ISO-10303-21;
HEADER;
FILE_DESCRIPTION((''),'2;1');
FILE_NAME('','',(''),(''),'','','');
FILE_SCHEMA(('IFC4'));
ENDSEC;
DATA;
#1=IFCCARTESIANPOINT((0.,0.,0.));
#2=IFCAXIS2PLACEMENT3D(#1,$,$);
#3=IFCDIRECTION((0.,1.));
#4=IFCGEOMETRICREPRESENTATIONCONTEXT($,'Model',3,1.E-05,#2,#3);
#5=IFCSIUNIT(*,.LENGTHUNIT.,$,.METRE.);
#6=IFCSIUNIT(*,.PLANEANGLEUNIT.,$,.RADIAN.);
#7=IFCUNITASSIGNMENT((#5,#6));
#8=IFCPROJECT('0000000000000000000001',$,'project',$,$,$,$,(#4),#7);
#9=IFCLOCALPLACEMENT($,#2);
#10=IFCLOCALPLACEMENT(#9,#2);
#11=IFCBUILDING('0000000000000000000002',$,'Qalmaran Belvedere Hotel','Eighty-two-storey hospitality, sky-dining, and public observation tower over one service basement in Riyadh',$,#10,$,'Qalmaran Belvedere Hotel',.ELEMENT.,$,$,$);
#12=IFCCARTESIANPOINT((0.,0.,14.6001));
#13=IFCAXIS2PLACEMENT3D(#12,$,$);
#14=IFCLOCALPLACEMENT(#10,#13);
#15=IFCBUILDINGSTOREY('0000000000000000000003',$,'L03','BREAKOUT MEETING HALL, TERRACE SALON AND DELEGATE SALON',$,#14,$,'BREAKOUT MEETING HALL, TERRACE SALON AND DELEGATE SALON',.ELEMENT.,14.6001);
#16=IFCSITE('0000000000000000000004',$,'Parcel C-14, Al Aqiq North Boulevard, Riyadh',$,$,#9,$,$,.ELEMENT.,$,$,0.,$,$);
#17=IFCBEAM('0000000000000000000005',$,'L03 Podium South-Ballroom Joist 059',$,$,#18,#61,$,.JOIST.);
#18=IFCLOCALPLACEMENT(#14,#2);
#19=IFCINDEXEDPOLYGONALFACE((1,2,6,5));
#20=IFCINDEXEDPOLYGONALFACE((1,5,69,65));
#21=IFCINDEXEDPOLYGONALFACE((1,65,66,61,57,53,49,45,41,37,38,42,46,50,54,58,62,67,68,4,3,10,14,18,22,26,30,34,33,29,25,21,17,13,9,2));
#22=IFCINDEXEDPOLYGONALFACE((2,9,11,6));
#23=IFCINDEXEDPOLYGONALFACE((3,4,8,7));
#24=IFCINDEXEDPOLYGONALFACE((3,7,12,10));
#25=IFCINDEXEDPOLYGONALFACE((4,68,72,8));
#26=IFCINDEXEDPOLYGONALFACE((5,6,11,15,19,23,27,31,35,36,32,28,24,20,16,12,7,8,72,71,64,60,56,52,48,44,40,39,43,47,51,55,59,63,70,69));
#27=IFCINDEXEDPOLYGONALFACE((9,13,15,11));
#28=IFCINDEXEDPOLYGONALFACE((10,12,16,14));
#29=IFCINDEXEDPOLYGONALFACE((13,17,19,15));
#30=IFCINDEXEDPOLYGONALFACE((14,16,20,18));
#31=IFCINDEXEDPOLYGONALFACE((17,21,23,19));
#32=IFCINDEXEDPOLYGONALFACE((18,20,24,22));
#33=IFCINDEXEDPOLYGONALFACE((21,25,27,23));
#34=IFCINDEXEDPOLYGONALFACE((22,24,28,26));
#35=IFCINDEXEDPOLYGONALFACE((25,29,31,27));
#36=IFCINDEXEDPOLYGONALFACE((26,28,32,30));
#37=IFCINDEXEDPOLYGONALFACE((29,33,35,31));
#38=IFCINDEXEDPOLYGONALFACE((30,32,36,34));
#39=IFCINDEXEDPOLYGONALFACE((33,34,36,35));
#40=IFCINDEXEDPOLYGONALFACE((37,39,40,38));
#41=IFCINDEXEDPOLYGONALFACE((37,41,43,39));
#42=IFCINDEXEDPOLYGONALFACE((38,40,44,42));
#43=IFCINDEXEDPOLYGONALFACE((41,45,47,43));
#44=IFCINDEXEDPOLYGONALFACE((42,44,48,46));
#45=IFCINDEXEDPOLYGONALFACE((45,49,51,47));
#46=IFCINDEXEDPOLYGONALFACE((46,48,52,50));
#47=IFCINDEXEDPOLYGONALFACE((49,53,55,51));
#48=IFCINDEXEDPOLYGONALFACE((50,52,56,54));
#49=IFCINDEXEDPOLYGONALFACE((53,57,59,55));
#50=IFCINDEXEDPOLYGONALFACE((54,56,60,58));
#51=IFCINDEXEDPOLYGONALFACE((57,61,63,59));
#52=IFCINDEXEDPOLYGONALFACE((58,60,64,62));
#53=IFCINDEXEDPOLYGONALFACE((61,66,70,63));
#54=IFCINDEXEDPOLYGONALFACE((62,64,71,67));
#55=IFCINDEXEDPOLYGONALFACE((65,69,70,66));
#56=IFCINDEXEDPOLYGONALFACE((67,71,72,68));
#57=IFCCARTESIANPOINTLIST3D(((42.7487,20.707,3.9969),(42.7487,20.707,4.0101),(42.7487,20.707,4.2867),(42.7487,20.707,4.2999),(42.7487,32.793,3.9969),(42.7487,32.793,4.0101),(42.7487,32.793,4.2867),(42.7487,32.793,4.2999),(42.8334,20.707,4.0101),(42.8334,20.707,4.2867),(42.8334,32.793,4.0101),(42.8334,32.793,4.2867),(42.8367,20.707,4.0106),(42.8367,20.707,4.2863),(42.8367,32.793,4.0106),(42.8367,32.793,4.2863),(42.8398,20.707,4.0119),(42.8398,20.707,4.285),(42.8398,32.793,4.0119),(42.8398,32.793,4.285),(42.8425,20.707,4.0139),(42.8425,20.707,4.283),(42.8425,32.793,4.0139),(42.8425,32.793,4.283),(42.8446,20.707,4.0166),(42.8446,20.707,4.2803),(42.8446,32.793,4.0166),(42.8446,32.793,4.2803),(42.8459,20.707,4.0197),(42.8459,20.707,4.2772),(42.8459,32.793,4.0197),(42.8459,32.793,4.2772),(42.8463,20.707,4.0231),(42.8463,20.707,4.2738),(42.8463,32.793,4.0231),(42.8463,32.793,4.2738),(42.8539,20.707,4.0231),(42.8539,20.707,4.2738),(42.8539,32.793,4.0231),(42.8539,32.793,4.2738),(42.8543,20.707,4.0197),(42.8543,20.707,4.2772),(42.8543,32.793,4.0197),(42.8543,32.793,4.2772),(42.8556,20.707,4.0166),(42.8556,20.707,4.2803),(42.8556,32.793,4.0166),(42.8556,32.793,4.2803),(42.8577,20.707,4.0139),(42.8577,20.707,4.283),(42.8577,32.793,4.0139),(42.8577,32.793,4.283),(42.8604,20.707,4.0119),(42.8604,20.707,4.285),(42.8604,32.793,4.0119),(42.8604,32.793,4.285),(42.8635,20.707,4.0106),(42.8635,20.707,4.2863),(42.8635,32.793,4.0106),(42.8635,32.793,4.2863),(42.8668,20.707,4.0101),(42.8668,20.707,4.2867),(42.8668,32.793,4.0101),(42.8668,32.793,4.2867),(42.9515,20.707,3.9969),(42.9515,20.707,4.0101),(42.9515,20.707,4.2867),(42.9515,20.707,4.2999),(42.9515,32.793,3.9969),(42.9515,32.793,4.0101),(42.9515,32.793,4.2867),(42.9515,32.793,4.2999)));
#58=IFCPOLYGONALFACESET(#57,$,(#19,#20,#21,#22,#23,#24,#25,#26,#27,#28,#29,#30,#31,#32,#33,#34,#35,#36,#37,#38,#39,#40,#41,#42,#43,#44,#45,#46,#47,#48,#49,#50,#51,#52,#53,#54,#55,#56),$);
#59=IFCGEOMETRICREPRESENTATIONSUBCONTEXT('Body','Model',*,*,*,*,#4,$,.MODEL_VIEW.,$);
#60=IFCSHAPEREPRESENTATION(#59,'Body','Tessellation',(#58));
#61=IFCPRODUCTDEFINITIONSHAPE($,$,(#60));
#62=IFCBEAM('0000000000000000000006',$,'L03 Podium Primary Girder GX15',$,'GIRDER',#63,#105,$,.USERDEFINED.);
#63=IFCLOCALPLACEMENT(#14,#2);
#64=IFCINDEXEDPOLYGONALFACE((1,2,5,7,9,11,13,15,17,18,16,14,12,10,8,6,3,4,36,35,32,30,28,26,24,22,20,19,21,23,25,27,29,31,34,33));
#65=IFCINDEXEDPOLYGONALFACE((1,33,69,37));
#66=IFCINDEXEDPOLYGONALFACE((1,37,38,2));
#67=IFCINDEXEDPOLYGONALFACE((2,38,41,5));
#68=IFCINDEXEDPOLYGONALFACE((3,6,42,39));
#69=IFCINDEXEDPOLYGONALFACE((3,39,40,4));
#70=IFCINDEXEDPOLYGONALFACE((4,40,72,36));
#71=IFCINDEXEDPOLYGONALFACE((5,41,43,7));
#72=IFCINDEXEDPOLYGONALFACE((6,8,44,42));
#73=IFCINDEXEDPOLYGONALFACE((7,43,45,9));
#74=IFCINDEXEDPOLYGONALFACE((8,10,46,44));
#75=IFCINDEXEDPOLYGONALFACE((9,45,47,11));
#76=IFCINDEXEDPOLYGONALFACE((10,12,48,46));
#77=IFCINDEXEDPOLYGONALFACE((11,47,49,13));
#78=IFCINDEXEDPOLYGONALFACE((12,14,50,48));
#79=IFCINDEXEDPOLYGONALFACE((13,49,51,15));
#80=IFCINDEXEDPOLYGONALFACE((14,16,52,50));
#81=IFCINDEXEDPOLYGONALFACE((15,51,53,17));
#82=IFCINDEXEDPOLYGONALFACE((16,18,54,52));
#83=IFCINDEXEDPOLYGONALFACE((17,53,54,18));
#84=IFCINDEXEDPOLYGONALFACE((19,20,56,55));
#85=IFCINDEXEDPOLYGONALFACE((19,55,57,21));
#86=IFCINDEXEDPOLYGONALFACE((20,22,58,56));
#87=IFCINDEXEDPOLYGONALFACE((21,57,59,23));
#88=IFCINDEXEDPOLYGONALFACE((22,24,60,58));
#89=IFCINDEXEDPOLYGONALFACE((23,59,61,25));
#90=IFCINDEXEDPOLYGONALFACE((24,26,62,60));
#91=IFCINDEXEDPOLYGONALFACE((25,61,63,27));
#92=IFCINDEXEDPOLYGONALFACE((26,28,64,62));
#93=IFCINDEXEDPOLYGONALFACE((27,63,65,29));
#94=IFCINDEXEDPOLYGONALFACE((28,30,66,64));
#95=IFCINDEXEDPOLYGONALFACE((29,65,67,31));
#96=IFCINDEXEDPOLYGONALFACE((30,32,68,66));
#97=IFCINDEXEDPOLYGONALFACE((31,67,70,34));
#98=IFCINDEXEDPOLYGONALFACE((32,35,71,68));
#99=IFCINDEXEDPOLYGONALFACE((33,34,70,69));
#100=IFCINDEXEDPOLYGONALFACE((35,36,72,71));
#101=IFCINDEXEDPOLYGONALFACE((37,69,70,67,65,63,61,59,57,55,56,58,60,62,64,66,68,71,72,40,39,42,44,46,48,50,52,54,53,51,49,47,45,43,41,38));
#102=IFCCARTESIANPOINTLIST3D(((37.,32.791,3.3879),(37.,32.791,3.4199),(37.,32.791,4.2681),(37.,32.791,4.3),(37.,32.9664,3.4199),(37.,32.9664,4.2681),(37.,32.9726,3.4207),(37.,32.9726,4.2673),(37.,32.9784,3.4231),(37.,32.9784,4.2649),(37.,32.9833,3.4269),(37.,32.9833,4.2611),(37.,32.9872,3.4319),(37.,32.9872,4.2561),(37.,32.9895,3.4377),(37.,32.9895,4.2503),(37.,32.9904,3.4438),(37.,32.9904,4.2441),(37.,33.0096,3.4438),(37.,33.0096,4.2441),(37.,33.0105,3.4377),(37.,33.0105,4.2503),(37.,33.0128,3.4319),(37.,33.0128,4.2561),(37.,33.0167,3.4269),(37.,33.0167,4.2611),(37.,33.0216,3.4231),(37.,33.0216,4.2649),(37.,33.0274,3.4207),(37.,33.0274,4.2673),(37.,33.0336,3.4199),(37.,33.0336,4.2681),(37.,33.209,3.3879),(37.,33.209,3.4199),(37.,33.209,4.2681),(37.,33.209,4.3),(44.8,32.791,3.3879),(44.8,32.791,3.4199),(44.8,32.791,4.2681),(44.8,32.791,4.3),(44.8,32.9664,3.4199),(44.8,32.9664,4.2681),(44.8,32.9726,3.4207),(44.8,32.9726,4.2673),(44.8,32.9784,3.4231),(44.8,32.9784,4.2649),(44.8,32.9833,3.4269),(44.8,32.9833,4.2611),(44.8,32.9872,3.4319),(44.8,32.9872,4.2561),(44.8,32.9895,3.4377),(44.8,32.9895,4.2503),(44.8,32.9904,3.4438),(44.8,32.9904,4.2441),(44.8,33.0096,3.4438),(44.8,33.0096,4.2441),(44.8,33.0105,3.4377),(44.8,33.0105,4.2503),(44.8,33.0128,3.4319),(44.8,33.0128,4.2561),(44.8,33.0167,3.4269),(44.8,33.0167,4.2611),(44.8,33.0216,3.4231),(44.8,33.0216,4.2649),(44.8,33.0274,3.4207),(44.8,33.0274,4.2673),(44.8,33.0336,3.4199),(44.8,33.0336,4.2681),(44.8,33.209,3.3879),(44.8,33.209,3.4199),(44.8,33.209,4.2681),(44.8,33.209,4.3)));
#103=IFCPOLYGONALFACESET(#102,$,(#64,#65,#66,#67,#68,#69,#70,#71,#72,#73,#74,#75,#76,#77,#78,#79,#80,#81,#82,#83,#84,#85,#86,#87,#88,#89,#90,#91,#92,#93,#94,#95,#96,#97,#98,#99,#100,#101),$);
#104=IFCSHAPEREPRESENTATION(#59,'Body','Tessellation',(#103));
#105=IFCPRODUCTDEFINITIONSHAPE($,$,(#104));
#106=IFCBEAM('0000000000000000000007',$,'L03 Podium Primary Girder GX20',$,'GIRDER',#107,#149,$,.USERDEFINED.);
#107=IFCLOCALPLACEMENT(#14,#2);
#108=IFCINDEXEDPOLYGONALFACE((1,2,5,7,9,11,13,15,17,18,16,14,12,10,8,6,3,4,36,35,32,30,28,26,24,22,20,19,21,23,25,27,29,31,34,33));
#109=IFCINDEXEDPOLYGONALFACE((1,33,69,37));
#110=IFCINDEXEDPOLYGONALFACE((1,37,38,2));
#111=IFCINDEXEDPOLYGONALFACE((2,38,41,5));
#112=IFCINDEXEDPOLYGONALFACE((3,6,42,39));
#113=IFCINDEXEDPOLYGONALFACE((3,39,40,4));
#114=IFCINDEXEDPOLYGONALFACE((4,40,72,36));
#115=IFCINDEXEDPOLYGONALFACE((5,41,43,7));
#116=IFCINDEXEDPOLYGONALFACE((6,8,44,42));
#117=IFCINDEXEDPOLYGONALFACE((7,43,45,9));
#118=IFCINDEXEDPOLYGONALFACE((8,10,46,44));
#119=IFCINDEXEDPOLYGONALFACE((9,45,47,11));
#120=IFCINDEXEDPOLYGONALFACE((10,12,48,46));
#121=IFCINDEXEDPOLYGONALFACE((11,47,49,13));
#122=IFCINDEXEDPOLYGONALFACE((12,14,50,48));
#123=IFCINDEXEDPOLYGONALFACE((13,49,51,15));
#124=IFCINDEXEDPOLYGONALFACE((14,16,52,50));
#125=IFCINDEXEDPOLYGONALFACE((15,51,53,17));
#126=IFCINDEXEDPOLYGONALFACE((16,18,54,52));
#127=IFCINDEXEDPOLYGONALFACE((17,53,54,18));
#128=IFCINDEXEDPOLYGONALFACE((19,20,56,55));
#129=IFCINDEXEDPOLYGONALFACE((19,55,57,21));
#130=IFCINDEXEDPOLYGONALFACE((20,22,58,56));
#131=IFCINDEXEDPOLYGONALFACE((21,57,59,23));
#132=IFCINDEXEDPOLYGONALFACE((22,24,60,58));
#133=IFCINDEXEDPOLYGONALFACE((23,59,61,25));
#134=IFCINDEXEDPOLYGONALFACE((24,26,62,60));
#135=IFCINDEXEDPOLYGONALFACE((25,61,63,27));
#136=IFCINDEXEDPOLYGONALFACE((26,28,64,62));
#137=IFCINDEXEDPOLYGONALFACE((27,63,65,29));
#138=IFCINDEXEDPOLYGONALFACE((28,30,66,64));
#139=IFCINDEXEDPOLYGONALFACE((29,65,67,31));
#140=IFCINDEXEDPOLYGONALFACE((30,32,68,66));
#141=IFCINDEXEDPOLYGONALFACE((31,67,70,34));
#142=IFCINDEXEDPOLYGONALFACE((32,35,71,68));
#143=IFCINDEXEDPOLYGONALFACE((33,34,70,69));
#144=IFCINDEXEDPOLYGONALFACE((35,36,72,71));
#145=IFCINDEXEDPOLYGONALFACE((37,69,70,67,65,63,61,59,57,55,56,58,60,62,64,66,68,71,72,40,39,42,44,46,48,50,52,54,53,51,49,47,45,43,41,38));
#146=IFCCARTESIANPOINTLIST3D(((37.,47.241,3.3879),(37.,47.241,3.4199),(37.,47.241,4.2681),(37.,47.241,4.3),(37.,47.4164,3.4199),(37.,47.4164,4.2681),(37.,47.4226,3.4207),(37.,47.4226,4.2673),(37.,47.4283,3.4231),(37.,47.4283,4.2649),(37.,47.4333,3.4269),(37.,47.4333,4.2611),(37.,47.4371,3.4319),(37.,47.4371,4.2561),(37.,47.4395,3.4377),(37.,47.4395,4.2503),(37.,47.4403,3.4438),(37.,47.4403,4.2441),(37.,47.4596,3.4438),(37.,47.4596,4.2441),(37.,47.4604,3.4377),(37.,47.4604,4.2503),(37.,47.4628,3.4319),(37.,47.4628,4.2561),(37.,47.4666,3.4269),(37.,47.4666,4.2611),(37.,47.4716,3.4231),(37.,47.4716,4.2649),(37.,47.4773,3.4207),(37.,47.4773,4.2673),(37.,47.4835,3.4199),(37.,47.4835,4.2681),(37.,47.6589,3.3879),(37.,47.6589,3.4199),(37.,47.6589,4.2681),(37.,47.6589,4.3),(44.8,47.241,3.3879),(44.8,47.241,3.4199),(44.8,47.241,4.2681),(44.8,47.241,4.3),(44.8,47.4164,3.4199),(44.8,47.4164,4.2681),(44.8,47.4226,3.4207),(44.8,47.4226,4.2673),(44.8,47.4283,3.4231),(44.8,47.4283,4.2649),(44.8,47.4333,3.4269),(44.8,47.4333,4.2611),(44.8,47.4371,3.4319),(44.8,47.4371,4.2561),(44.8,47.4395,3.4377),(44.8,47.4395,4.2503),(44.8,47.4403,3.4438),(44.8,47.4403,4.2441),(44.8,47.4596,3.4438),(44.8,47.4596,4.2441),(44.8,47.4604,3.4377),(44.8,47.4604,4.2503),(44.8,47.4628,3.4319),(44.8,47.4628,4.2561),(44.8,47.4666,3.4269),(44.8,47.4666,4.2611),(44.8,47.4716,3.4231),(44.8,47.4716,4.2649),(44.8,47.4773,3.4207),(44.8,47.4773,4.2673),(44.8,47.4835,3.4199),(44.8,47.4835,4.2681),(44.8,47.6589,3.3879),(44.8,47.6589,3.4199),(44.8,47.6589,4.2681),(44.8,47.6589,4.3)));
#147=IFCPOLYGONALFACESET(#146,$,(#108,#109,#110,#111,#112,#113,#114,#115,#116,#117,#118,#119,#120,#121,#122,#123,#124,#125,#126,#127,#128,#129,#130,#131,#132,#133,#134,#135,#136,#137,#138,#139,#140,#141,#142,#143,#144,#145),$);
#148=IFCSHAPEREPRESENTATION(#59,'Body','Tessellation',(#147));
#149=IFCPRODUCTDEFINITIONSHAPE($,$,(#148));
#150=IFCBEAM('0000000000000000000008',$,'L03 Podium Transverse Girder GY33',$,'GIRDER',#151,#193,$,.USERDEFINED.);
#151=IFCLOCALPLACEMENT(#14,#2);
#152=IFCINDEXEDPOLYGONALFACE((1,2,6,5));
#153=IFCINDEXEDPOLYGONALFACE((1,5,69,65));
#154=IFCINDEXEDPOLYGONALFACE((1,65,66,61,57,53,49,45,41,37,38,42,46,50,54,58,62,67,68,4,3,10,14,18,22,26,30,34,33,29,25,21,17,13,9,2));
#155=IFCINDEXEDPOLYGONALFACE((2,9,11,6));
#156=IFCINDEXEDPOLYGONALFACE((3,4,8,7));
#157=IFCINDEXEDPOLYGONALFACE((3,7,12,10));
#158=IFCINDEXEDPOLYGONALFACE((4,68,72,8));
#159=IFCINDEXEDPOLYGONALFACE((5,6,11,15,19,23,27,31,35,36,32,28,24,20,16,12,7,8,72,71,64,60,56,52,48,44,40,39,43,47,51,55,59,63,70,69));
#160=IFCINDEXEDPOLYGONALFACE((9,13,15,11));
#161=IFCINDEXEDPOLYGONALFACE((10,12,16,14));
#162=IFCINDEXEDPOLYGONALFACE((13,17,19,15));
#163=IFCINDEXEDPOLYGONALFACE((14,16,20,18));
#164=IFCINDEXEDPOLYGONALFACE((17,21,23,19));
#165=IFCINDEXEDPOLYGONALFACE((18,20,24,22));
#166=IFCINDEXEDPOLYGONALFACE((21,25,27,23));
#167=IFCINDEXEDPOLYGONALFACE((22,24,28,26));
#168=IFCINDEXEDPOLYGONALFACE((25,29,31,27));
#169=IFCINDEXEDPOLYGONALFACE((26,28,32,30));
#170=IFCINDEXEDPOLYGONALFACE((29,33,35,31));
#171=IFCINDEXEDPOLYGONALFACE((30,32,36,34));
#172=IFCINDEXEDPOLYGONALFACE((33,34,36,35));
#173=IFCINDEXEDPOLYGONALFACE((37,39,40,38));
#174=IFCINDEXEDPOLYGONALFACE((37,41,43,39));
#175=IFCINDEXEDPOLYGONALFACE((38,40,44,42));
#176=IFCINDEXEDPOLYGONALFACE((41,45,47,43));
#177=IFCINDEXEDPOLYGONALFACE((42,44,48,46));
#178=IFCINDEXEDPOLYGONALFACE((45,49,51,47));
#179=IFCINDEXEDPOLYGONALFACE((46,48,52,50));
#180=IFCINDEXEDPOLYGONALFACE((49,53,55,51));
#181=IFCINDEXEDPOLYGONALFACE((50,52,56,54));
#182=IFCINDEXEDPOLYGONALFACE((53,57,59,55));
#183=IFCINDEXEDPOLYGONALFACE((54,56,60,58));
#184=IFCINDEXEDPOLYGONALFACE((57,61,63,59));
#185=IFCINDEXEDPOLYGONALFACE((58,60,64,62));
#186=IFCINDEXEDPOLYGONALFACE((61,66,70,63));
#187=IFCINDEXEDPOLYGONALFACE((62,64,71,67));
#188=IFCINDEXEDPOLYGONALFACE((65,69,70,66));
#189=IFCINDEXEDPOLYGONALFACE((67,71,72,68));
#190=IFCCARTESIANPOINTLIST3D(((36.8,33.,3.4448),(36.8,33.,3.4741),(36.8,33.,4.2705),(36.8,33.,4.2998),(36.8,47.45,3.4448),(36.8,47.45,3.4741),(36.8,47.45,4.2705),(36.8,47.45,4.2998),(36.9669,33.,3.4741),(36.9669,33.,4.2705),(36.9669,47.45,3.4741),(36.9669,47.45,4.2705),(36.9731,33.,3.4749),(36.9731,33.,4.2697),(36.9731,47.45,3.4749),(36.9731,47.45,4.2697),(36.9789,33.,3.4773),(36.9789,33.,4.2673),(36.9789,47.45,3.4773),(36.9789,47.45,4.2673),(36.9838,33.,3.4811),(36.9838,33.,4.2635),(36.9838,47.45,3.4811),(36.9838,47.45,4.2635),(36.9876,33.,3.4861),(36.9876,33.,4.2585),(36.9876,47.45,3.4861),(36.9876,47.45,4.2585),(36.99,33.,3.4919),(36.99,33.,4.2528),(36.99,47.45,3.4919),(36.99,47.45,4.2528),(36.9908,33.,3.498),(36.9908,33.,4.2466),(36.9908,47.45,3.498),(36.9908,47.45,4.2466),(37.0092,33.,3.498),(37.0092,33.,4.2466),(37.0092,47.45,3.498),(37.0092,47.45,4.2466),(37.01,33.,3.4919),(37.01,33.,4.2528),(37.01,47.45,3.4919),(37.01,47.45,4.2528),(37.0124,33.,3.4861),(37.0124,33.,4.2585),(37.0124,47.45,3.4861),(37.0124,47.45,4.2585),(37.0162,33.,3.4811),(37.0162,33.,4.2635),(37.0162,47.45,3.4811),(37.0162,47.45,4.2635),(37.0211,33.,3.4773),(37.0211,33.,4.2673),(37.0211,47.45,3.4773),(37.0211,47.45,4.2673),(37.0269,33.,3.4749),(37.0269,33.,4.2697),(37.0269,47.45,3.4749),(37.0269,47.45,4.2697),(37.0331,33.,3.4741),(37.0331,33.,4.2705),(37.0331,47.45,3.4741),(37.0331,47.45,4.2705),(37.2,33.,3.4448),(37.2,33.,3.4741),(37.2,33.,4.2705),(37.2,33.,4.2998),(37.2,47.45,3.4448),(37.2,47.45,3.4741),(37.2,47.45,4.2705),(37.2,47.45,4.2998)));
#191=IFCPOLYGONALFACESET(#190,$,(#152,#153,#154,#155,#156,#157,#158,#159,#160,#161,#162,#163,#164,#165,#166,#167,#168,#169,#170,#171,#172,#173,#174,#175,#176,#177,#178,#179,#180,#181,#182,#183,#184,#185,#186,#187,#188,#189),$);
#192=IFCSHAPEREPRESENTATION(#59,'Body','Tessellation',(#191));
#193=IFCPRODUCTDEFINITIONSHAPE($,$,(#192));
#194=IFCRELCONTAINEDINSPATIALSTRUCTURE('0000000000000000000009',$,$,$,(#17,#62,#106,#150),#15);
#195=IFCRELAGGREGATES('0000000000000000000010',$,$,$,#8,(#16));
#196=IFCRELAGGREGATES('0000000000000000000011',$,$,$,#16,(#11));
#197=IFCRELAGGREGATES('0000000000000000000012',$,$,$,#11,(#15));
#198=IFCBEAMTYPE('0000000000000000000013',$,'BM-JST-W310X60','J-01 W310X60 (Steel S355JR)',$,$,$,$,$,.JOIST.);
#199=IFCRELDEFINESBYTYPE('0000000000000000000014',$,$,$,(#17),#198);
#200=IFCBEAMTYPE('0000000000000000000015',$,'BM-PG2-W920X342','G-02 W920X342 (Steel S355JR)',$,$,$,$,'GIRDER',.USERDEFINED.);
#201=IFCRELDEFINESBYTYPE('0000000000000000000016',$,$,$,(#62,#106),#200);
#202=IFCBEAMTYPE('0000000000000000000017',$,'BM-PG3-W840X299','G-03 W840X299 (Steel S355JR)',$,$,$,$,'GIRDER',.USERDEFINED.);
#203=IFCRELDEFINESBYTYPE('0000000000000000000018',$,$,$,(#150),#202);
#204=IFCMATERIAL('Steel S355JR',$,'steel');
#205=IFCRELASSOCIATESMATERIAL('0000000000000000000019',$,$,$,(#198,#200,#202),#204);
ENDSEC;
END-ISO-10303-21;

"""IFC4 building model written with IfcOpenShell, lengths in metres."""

from ifc_helpers import new_model, si_unit, direction, frame, origin, origin_2d, place, context, subcontext, project, spatial, i_section, extrude, material, material_profile, profile_set, type_object, element, save


model = new_model("IFC4")

# Units and contexts
model_context = context("Model", 3, precision=1e-05, world=origin(), true_north=direction((0.0, 1.0)))
body_context = subcontext(model_context, "Body", "Model", "MODEL_VIEW")
ifc_project = project(units=[si_unit("LENGTHUNIT", "METRE"), si_unit("PLANEANGLEUNIT", "RADIAN")], contexts=[model_context])

# Site, building, storey
site_placement = place(None, origin())
site = spatial("IfcSite", under=ifc_project, at=site_placement, Name="Parcel C-14, Al Aqiq North Boulevard, Riyadh", CompositionType="ELEMENT", RefElevation=0.0)
building_placement = place(site_placement, origin())
building = spatial("IfcBuilding", under=site, at=building_placement, Name="Qalmaran Belvedere Hotel", Description="Eighty-two-storey hospitality, sky-dining, and public observation tower over one service basement in Riyadh", LongName="Qalmaran Belvedere Hotel", CompositionType="ELEMENT")
storey_placement = place(building_placement, frame((0.0, 0.0, 14.6001)))
storey = spatial("IfcBuildingStorey", under=building, at=storey_placement, Name="L03", Description="BREAKOUT MEETING HALL, TERRACE SALON AND DELEGATE SALON", LongName="BREAKOUT MEETING HALL, TERRACE SALON AND DELEGATE SALON", CompositionType="ELEMENT", Elevation=14.6001)

# Beams
ifc_material_1 = material(Name="Steel S355JR", Category="steel")
ifc_material_profile_1 = material_profile(ifc_material_1, i_section(OverallWidth=0.2029, OverallDepth=0.303, WebThickness=0.0076, FlangeThickness=0.0132, FilletRadius=0.0129, at=origin_2d()), Name="W310X60")
ifc_profile_set_1 = profile_set([ifc_material_profile_1], Name="Steel S355JR")
beam_type_1 = type_object("IfcBeamType", Name="BM-JST-W310X60", Description="J-01 W310X60 (Steel S355JR)", PredefinedType="JOIST", material=ifc_profile_set_1)
for number, where, z_axis, x_axis, name in (
    (1, (42.8501, 20.707, 4.1484), (0.0, 1.0, 0.0), (-1.0, 0.0, 0.0), "L03 Podium South-Ballroom Joist 059"),
):
    element("IfcBeam", number, at=place(storey_placement, frame(where, z_axis=z_axis, x_axis=x_axis)), inside=storey, type_object=beam_type_1, Name=name, PredefinedType="JOIST", context=body_context, shape_type="SweptSolid", body=[
        extrude(i_section(OverallWidth=0.2029, OverallDepth=0.303, WebThickness=0.0076, FlangeThickness=0.0132, FilletRadius=0.0129, at=origin_2d()), origin(), (0.0, 0.0, 1.0), 12.0859),
    ])
ifc_material_profile_2 = material_profile(ifc_material_1, i_section(OverallWidth=0.418, OverallDepth=0.9121, WebThickness=0.0193, FlangeThickness=0.032, FilletRadius=0.0239, at=origin_2d()), Name="W920X342")
ifc_profile_set_2 = profile_set([ifc_material_profile_2], Name="Steel S355JR")
beam_type_2 = type_object("IfcBeamType", Name="BM-PG2-W920X342", Description="G-02 W920X342 (Steel S355JR)", ElementType="GIRDER", PredefinedType="USERDEFINED", material=ifc_profile_set_2)
for number, where, z_axis, x_axis, name in (
    (2, (37.0, 33.0, 3.844), (1.0, 0.0, 0.0), (0.0, 1.0, 0.0), "L03 Podium Primary Girder GX15"),
    (3, (37.0, 47.45, 3.844), (1.0, 0.0, 0.0), (0.0, 1.0, 0.0), "L03 Podium Primary Girder GX20"),
):
    element("IfcBeam", number, at=place(storey_placement, frame(where, z_axis=z_axis, x_axis=x_axis)), inside=storey, type_object=beam_type_2, Name=name, ObjectType="GIRDER", PredefinedType="USERDEFINED", context=body_context, shape_type="SweptSolid", body=[
        extrude(i_section(OverallWidth=0.418, OverallDepth=0.9121, WebThickness=0.0193, FlangeThickness=0.032, FilletRadius=0.0239, at=origin_2d()), origin(), (0.0, 0.0, 1.0), 7.8),
    ])
ifc_material_profile_3 = material_profile(ifc_material_1, i_section(OverallWidth=0.3999, OverallDepth=0.855, WebThickness=0.0183, FlangeThickness=0.0293, FilletRadius=0.0239, at=origin_2d()), Name="W840X299")
ifc_profile_set_3 = profile_set([ifc_material_profile_3], Name="Steel S355JR")
beam_type_3 = type_object("IfcBeamType", Name="BM-PG3-W840X299", Description="G-03 W840X299 (Steel S355JR)", ElementType="GIRDER", PredefinedType="USERDEFINED", material=ifc_profile_set_3)
beam_placement = place(storey_placement, frame((37.0, 33.0, 3.8723), z_axis=(0.0, 1.0, 0.0), x_axis=(-1.0, 0.0, 0.0)))
element("IfcBeam", 4, at=beam_placement, inside=storey, type_object=beam_type_3, Name="L03 Podium Transverse Girder GY33", ObjectType="GIRDER", PredefinedType="USERDEFINED", context=body_context, shape_type="SweptSolid", body=[
    extrude(i_section(OverallWidth=0.3999, OverallDepth=0.855, WebThickness=0.0183, FlangeThickness=0.0293, FilletRadius=0.0239, at=origin_2d()), origin(), (0.0, 0.0, 1.0), 14.45),
])

save(model, "model.ifc")
